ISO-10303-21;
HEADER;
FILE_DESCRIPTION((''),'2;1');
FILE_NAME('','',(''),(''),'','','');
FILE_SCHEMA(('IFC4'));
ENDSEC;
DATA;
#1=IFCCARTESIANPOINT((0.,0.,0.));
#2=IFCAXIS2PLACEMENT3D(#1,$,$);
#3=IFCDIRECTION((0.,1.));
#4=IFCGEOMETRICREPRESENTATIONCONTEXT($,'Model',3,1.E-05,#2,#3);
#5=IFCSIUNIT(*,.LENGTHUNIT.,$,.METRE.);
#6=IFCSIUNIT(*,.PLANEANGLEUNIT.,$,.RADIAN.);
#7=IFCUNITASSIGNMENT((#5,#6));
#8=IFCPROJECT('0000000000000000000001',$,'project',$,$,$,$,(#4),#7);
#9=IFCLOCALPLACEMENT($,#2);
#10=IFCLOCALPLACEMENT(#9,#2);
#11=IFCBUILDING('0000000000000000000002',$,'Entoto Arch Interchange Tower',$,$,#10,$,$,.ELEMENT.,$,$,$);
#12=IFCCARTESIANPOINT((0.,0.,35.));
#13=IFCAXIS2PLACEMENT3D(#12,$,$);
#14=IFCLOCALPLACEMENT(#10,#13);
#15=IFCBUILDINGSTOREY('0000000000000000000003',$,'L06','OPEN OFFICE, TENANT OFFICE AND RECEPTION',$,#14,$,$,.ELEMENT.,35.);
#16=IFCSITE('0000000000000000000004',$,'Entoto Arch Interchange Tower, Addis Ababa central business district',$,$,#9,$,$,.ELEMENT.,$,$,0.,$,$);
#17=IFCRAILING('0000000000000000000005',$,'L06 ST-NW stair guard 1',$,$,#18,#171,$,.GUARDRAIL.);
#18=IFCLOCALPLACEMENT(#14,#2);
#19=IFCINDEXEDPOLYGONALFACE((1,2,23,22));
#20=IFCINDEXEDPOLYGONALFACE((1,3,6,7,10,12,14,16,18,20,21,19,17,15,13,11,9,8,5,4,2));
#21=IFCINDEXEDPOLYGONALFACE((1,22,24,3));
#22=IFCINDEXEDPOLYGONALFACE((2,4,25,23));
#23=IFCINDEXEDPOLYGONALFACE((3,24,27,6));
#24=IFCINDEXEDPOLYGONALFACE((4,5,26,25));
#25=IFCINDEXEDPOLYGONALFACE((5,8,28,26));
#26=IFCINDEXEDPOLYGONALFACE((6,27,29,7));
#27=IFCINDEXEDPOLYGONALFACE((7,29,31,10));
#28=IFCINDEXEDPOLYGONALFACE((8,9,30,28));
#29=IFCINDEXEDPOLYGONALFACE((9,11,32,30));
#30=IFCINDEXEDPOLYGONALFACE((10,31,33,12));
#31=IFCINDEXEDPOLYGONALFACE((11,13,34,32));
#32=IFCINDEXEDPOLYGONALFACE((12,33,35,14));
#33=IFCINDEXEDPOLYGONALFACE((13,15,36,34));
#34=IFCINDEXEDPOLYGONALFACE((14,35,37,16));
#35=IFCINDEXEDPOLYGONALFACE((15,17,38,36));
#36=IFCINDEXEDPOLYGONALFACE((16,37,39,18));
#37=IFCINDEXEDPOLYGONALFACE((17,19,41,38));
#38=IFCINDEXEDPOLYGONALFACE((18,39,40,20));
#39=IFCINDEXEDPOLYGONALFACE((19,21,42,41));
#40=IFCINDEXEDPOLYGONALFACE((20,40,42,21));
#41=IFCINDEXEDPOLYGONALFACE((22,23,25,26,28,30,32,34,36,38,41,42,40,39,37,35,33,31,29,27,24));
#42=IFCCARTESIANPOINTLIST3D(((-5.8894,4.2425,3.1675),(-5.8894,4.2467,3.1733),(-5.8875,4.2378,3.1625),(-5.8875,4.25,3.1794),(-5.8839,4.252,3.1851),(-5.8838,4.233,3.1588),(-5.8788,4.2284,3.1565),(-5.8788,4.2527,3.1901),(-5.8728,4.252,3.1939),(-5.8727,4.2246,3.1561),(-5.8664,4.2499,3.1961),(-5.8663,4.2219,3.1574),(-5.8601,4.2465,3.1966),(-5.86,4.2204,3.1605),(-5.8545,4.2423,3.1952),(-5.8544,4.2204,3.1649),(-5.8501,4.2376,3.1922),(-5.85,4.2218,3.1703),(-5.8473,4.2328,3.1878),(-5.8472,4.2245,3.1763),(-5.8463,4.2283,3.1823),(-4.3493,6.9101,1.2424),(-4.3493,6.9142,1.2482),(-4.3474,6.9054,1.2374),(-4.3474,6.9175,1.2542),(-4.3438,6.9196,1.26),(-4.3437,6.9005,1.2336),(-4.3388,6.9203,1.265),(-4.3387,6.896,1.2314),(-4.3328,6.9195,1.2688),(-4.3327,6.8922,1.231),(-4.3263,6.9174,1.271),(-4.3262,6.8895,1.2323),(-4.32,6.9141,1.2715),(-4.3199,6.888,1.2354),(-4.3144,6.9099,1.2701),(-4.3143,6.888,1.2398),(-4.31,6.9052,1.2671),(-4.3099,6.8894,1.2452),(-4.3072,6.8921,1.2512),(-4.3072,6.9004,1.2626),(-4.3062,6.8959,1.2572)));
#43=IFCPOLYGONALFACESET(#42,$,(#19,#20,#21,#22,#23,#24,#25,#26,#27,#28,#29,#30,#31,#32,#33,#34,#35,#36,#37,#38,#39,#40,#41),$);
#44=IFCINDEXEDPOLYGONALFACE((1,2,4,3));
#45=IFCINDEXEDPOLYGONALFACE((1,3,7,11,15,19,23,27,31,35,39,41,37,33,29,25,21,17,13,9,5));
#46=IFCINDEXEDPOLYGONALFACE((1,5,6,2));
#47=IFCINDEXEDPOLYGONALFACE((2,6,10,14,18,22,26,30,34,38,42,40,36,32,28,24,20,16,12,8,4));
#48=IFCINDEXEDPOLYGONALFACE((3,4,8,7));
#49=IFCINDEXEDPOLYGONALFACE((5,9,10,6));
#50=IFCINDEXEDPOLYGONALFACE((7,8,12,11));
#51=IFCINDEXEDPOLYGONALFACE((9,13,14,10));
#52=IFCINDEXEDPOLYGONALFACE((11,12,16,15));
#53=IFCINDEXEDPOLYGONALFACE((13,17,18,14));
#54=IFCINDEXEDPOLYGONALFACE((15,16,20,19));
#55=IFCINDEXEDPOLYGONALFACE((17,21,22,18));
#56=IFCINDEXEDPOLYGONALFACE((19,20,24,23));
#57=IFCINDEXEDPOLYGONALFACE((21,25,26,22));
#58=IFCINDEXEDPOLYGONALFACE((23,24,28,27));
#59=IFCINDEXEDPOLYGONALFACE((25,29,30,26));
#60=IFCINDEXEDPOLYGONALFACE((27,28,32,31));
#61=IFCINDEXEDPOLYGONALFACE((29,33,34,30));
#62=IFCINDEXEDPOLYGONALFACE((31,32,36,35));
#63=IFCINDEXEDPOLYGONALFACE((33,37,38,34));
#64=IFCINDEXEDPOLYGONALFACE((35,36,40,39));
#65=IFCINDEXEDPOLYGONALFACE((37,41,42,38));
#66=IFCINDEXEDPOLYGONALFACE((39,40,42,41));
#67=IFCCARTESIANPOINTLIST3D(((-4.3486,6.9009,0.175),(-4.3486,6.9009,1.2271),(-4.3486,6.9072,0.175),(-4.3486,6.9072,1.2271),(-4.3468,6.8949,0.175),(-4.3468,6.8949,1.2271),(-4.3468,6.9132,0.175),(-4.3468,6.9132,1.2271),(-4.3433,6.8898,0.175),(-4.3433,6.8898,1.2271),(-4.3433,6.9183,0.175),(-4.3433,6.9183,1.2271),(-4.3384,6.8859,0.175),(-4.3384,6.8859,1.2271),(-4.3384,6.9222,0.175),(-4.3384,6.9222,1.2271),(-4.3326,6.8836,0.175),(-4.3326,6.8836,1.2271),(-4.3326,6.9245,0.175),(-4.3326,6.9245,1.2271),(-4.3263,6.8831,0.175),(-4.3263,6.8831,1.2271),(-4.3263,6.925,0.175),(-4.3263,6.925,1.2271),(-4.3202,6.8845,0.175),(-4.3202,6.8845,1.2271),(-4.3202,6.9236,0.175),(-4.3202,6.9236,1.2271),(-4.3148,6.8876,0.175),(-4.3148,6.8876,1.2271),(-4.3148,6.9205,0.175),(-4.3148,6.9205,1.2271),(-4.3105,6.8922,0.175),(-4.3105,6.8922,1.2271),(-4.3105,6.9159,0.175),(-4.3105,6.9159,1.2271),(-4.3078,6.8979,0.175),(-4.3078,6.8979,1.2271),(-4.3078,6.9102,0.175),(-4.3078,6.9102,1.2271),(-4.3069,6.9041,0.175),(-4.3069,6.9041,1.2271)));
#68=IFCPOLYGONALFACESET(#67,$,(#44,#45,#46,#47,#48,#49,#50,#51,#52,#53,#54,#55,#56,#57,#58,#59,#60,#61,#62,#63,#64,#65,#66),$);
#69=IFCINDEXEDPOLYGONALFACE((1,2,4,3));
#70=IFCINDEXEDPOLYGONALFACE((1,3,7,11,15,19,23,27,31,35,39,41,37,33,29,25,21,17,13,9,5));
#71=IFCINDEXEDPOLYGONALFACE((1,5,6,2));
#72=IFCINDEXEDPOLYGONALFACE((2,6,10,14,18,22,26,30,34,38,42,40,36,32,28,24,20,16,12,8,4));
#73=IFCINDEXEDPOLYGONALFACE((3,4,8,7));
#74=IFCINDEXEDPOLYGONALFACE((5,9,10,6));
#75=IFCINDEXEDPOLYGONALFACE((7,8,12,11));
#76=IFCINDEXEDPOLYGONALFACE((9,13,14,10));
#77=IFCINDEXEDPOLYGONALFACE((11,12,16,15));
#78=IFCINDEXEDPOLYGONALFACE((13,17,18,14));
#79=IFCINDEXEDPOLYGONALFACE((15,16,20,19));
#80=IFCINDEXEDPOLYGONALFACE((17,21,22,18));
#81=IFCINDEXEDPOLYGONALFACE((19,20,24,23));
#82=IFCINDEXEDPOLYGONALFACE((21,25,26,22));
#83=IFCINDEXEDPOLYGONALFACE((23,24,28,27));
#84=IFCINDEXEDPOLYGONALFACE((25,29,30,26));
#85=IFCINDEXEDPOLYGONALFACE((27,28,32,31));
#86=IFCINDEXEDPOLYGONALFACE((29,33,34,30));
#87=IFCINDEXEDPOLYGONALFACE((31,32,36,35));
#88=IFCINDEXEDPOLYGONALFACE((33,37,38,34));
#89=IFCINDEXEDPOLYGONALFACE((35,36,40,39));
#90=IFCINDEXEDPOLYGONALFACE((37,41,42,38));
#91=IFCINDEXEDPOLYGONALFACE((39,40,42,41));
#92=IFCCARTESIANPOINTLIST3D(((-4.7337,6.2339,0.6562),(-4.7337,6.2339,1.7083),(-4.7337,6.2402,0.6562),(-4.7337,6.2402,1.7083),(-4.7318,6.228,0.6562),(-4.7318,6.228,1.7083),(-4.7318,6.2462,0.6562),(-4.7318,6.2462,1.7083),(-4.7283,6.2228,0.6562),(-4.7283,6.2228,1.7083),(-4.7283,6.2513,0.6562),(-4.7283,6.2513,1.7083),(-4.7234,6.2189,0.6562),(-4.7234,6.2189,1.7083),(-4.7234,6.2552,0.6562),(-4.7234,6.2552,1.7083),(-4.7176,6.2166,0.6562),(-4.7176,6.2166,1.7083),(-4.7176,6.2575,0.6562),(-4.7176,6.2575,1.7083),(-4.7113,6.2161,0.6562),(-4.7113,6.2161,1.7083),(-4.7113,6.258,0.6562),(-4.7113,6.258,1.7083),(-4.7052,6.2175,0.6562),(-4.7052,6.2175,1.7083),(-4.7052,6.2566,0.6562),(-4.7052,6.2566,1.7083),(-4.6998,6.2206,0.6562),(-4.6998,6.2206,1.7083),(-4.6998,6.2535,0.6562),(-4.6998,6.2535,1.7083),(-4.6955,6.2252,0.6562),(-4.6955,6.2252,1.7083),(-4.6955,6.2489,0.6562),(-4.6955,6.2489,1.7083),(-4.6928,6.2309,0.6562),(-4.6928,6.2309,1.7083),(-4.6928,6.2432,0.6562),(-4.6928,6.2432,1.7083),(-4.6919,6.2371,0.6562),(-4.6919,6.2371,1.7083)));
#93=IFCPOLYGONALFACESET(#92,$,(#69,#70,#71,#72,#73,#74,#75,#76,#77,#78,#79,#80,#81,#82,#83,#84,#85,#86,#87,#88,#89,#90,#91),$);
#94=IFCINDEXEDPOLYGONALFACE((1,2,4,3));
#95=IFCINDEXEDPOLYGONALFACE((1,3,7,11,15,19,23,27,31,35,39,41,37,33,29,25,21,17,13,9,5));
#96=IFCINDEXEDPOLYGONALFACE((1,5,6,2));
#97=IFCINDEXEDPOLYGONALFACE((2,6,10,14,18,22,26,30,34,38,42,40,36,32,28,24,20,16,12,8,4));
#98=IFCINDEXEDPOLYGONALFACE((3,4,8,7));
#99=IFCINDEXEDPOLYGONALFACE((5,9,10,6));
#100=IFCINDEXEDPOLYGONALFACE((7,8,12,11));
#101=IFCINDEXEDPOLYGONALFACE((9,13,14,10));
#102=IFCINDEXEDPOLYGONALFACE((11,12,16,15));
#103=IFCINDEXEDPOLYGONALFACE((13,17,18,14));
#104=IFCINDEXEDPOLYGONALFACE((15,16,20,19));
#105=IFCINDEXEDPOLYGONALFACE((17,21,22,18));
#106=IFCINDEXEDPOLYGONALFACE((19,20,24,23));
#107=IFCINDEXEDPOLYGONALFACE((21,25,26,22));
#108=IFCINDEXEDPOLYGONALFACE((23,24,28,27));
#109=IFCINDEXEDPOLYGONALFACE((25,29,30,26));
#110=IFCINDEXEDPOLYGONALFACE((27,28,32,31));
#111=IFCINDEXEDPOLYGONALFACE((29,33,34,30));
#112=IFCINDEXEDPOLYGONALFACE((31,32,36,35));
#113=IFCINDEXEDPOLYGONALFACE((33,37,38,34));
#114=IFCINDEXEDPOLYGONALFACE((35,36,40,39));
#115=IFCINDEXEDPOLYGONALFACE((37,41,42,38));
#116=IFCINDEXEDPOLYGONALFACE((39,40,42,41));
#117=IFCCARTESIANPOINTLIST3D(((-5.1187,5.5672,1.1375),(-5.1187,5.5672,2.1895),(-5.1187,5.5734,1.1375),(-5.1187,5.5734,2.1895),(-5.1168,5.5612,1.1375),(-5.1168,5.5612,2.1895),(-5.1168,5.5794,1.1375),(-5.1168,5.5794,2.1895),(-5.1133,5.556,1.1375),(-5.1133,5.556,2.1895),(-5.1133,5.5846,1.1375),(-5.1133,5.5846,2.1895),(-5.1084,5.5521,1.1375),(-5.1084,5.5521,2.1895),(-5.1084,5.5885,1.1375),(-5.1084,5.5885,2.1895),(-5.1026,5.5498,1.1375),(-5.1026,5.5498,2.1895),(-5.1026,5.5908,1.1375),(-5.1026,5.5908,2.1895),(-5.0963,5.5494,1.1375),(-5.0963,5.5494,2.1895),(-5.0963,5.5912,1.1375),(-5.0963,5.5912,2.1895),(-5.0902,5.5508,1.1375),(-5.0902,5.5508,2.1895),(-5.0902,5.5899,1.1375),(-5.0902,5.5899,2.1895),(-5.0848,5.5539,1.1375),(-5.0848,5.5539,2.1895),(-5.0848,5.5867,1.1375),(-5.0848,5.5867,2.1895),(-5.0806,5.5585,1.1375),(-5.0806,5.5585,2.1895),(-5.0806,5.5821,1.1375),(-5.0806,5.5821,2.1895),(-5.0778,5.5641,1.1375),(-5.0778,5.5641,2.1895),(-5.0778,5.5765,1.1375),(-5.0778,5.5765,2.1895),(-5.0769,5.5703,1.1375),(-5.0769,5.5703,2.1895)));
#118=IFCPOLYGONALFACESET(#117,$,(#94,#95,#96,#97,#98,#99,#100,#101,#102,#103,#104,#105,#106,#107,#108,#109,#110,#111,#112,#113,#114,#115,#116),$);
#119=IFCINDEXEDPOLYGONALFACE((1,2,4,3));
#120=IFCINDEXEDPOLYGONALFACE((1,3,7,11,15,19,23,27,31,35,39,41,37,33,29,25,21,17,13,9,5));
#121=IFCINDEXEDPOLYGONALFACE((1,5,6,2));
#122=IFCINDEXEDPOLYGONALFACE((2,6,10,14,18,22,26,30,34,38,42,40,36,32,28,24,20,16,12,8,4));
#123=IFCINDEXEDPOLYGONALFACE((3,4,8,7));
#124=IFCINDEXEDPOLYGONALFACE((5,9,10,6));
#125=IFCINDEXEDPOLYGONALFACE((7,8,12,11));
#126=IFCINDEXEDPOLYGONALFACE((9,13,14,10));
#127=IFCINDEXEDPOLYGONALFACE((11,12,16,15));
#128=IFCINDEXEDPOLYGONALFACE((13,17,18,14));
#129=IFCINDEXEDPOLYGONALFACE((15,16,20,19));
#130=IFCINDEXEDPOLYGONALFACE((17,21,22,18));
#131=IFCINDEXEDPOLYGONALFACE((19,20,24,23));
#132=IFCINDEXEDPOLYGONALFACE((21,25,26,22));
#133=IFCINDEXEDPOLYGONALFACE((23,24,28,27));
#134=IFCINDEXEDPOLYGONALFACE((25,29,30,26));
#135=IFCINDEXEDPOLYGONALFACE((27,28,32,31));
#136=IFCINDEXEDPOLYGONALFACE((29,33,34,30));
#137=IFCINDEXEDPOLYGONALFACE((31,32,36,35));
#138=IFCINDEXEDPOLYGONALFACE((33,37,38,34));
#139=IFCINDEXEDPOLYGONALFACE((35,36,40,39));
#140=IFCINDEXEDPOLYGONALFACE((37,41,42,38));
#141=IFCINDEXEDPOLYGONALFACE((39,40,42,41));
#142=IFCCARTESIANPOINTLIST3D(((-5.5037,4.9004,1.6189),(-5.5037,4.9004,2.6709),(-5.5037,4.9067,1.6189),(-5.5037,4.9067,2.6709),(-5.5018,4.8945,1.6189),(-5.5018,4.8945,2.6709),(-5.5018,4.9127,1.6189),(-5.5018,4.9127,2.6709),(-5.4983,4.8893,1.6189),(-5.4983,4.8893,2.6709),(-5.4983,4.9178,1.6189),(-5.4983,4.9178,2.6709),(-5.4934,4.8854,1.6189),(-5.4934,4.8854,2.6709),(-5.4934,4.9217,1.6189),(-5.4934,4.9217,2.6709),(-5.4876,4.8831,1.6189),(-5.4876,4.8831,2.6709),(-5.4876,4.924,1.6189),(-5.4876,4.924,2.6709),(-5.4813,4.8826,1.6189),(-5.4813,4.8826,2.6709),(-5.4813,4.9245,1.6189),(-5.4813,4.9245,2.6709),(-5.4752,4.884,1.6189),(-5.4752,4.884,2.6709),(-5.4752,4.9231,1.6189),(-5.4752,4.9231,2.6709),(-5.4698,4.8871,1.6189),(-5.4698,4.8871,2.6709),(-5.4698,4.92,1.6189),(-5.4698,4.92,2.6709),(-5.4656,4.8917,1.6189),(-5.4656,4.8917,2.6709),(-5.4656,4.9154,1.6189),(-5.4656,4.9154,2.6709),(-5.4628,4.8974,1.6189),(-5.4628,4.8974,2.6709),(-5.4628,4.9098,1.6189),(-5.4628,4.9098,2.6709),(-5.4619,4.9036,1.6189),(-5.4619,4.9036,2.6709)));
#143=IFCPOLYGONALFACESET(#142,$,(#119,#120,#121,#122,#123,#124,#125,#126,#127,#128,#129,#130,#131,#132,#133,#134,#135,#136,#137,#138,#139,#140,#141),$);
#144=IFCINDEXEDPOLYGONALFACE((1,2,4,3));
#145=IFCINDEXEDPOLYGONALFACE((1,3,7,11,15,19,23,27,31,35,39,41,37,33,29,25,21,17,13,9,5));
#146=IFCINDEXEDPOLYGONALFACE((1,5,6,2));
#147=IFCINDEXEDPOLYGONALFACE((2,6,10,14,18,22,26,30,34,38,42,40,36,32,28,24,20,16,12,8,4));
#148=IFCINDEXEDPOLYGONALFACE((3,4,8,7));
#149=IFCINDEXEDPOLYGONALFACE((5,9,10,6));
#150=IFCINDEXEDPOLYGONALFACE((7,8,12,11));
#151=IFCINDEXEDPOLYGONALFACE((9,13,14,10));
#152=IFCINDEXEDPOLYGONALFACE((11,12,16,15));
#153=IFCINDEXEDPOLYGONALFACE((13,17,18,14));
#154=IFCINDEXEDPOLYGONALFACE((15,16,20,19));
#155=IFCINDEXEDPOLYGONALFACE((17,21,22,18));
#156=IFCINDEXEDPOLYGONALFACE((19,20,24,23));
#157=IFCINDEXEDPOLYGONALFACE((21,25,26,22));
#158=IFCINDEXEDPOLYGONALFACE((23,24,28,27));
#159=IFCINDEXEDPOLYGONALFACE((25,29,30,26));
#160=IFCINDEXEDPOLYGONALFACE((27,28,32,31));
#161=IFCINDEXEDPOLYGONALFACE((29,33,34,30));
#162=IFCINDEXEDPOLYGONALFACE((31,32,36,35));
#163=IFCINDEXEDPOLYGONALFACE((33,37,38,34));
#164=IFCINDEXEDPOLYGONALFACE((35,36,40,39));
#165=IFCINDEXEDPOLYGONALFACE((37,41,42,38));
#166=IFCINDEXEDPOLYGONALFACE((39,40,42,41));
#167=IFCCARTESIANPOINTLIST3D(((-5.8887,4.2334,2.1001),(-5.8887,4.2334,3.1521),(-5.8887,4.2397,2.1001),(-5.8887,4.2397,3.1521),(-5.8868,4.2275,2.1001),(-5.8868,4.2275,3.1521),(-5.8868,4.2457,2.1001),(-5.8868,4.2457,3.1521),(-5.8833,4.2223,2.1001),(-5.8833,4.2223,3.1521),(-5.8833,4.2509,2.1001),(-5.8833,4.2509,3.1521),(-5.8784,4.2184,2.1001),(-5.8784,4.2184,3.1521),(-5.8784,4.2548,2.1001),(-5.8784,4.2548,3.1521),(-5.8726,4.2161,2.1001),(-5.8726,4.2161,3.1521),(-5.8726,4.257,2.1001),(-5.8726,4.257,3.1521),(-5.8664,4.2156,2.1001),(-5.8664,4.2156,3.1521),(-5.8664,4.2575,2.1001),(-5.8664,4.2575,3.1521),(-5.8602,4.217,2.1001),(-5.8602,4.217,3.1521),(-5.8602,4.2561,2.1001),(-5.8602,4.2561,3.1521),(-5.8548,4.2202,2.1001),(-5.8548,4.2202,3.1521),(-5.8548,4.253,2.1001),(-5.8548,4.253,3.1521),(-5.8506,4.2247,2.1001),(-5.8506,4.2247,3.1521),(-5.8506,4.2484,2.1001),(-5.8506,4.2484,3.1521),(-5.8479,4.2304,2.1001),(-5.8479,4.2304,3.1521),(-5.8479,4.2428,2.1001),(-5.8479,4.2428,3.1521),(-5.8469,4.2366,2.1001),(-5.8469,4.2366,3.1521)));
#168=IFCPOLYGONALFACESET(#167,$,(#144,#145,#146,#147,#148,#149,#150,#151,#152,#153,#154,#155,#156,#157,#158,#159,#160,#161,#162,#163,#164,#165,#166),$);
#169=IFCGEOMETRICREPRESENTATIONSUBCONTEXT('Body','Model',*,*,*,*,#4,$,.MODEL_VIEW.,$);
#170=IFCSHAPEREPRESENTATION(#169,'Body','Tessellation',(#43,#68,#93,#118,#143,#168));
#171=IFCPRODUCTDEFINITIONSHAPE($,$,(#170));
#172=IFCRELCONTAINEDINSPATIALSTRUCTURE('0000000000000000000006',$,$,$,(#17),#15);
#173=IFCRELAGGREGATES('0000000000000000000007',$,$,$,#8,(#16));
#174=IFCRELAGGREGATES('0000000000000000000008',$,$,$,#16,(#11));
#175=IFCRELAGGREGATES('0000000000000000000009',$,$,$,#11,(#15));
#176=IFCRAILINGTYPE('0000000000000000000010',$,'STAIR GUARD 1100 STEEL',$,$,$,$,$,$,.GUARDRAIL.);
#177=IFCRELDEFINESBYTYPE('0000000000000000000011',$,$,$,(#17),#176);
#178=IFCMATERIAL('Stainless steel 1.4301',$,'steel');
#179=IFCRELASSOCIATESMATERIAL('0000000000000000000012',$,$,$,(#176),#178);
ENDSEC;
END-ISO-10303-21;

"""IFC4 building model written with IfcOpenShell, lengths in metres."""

from ifc_helpers import new_model, si_unit, direction, frame, origin, origin_2d, place, context, subcontext, project, spatial, circle, extrude, material, type_object, element, save


model = new_model("IFC4")

# Units and contexts
model_context = context("Model", 3, precision=1e-05, world=origin(), true_north=direction((0.0, 1.0)))
body_context = subcontext(model_context, "Body", "Model", "MODEL_VIEW")
ifc_project = project(units=[si_unit("LENGTHUNIT", "METRE"), si_unit("PLANEANGLEUNIT", "RADIAN")], contexts=[model_context])

# Site, building, storey
site_placement = place(None, origin())
site = spatial("IfcSite", under=ifc_project, at=site_placement, Name="Entoto Arch Interchange Tower, Addis Ababa central business district", CompositionType="ELEMENT", RefElevation=0.0)
building_placement = place(site_placement, origin())
building = spatial("IfcBuilding", under=site, at=building_placement, Name="Entoto Arch Interchange Tower", CompositionType="ELEMENT")
storey_placement = place(building_placement, frame((0.0, 0.0, 35.0)))
storey = spatial("IfcBuildingStorey", under=building, at=storey_placement, Name="L06", Description="OPEN OFFICE, TENANT OFFICE AND RECEPTION", CompositionType="ELEMENT", Elevation=35.0)

# Railing
ifc_material_1 = material(Name="Stainless steel 1.4301", Category="steel")
railing_type = type_object("IfcRailingType", Name="STAIR GUARD 1100 STEEL", PredefinedType="GUARDRAIL", material=ifc_material_1)
railing_1_placement = place(storey_placement, frame((-4.3279, 6.9041, 0.175)))
element("IfcRailing", 1, at=railing_1_placement, inside=storey, type_object=railing_type, Name="L06 ST-NW stair guard 1", PredefinedType="GUARDRAIL", context=body_context, shape_type="SweptSolid", body=[
    extrude(circle(Radius=0.0239, at=origin_2d()), frame((0.0, 0.0, 1.0762), z_axis=(-0.423994, -0.734395, 0.529993), x_axis=(0.86603, -0.499992, 0.0)), (0.0, 0.0, 1.0), 3.6323),
    extrude(circle(Radius=0.021, at=origin_2d()), origin(), (0.0, 0.0, 1.0), 1.052),
    extrude(circle(Radius=0.021, at=origin_2d()), frame((-0.385, -0.667, 0.4812)), (0.0, 0.0, 1.0), 1.052),
    extrude(circle(Radius=0.021, at=origin_2d()), frame((-0.77, -1.3337, 0.9624)), (0.0, 0.0, 1.0), 1.052),
    extrude(circle(Radius=0.021, at=origin_2d()), frame((-1.155, -2.0005, 1.4438)), (0.0, 0.0, 1.0), 1.052),
    extrude(circle(Radius=0.021, at=origin_2d()), frame((-1.54, -2.6675, 1.925)), (0.0, 0.0, 1.0), 1.052),
])

save(model, "model.ifc")
